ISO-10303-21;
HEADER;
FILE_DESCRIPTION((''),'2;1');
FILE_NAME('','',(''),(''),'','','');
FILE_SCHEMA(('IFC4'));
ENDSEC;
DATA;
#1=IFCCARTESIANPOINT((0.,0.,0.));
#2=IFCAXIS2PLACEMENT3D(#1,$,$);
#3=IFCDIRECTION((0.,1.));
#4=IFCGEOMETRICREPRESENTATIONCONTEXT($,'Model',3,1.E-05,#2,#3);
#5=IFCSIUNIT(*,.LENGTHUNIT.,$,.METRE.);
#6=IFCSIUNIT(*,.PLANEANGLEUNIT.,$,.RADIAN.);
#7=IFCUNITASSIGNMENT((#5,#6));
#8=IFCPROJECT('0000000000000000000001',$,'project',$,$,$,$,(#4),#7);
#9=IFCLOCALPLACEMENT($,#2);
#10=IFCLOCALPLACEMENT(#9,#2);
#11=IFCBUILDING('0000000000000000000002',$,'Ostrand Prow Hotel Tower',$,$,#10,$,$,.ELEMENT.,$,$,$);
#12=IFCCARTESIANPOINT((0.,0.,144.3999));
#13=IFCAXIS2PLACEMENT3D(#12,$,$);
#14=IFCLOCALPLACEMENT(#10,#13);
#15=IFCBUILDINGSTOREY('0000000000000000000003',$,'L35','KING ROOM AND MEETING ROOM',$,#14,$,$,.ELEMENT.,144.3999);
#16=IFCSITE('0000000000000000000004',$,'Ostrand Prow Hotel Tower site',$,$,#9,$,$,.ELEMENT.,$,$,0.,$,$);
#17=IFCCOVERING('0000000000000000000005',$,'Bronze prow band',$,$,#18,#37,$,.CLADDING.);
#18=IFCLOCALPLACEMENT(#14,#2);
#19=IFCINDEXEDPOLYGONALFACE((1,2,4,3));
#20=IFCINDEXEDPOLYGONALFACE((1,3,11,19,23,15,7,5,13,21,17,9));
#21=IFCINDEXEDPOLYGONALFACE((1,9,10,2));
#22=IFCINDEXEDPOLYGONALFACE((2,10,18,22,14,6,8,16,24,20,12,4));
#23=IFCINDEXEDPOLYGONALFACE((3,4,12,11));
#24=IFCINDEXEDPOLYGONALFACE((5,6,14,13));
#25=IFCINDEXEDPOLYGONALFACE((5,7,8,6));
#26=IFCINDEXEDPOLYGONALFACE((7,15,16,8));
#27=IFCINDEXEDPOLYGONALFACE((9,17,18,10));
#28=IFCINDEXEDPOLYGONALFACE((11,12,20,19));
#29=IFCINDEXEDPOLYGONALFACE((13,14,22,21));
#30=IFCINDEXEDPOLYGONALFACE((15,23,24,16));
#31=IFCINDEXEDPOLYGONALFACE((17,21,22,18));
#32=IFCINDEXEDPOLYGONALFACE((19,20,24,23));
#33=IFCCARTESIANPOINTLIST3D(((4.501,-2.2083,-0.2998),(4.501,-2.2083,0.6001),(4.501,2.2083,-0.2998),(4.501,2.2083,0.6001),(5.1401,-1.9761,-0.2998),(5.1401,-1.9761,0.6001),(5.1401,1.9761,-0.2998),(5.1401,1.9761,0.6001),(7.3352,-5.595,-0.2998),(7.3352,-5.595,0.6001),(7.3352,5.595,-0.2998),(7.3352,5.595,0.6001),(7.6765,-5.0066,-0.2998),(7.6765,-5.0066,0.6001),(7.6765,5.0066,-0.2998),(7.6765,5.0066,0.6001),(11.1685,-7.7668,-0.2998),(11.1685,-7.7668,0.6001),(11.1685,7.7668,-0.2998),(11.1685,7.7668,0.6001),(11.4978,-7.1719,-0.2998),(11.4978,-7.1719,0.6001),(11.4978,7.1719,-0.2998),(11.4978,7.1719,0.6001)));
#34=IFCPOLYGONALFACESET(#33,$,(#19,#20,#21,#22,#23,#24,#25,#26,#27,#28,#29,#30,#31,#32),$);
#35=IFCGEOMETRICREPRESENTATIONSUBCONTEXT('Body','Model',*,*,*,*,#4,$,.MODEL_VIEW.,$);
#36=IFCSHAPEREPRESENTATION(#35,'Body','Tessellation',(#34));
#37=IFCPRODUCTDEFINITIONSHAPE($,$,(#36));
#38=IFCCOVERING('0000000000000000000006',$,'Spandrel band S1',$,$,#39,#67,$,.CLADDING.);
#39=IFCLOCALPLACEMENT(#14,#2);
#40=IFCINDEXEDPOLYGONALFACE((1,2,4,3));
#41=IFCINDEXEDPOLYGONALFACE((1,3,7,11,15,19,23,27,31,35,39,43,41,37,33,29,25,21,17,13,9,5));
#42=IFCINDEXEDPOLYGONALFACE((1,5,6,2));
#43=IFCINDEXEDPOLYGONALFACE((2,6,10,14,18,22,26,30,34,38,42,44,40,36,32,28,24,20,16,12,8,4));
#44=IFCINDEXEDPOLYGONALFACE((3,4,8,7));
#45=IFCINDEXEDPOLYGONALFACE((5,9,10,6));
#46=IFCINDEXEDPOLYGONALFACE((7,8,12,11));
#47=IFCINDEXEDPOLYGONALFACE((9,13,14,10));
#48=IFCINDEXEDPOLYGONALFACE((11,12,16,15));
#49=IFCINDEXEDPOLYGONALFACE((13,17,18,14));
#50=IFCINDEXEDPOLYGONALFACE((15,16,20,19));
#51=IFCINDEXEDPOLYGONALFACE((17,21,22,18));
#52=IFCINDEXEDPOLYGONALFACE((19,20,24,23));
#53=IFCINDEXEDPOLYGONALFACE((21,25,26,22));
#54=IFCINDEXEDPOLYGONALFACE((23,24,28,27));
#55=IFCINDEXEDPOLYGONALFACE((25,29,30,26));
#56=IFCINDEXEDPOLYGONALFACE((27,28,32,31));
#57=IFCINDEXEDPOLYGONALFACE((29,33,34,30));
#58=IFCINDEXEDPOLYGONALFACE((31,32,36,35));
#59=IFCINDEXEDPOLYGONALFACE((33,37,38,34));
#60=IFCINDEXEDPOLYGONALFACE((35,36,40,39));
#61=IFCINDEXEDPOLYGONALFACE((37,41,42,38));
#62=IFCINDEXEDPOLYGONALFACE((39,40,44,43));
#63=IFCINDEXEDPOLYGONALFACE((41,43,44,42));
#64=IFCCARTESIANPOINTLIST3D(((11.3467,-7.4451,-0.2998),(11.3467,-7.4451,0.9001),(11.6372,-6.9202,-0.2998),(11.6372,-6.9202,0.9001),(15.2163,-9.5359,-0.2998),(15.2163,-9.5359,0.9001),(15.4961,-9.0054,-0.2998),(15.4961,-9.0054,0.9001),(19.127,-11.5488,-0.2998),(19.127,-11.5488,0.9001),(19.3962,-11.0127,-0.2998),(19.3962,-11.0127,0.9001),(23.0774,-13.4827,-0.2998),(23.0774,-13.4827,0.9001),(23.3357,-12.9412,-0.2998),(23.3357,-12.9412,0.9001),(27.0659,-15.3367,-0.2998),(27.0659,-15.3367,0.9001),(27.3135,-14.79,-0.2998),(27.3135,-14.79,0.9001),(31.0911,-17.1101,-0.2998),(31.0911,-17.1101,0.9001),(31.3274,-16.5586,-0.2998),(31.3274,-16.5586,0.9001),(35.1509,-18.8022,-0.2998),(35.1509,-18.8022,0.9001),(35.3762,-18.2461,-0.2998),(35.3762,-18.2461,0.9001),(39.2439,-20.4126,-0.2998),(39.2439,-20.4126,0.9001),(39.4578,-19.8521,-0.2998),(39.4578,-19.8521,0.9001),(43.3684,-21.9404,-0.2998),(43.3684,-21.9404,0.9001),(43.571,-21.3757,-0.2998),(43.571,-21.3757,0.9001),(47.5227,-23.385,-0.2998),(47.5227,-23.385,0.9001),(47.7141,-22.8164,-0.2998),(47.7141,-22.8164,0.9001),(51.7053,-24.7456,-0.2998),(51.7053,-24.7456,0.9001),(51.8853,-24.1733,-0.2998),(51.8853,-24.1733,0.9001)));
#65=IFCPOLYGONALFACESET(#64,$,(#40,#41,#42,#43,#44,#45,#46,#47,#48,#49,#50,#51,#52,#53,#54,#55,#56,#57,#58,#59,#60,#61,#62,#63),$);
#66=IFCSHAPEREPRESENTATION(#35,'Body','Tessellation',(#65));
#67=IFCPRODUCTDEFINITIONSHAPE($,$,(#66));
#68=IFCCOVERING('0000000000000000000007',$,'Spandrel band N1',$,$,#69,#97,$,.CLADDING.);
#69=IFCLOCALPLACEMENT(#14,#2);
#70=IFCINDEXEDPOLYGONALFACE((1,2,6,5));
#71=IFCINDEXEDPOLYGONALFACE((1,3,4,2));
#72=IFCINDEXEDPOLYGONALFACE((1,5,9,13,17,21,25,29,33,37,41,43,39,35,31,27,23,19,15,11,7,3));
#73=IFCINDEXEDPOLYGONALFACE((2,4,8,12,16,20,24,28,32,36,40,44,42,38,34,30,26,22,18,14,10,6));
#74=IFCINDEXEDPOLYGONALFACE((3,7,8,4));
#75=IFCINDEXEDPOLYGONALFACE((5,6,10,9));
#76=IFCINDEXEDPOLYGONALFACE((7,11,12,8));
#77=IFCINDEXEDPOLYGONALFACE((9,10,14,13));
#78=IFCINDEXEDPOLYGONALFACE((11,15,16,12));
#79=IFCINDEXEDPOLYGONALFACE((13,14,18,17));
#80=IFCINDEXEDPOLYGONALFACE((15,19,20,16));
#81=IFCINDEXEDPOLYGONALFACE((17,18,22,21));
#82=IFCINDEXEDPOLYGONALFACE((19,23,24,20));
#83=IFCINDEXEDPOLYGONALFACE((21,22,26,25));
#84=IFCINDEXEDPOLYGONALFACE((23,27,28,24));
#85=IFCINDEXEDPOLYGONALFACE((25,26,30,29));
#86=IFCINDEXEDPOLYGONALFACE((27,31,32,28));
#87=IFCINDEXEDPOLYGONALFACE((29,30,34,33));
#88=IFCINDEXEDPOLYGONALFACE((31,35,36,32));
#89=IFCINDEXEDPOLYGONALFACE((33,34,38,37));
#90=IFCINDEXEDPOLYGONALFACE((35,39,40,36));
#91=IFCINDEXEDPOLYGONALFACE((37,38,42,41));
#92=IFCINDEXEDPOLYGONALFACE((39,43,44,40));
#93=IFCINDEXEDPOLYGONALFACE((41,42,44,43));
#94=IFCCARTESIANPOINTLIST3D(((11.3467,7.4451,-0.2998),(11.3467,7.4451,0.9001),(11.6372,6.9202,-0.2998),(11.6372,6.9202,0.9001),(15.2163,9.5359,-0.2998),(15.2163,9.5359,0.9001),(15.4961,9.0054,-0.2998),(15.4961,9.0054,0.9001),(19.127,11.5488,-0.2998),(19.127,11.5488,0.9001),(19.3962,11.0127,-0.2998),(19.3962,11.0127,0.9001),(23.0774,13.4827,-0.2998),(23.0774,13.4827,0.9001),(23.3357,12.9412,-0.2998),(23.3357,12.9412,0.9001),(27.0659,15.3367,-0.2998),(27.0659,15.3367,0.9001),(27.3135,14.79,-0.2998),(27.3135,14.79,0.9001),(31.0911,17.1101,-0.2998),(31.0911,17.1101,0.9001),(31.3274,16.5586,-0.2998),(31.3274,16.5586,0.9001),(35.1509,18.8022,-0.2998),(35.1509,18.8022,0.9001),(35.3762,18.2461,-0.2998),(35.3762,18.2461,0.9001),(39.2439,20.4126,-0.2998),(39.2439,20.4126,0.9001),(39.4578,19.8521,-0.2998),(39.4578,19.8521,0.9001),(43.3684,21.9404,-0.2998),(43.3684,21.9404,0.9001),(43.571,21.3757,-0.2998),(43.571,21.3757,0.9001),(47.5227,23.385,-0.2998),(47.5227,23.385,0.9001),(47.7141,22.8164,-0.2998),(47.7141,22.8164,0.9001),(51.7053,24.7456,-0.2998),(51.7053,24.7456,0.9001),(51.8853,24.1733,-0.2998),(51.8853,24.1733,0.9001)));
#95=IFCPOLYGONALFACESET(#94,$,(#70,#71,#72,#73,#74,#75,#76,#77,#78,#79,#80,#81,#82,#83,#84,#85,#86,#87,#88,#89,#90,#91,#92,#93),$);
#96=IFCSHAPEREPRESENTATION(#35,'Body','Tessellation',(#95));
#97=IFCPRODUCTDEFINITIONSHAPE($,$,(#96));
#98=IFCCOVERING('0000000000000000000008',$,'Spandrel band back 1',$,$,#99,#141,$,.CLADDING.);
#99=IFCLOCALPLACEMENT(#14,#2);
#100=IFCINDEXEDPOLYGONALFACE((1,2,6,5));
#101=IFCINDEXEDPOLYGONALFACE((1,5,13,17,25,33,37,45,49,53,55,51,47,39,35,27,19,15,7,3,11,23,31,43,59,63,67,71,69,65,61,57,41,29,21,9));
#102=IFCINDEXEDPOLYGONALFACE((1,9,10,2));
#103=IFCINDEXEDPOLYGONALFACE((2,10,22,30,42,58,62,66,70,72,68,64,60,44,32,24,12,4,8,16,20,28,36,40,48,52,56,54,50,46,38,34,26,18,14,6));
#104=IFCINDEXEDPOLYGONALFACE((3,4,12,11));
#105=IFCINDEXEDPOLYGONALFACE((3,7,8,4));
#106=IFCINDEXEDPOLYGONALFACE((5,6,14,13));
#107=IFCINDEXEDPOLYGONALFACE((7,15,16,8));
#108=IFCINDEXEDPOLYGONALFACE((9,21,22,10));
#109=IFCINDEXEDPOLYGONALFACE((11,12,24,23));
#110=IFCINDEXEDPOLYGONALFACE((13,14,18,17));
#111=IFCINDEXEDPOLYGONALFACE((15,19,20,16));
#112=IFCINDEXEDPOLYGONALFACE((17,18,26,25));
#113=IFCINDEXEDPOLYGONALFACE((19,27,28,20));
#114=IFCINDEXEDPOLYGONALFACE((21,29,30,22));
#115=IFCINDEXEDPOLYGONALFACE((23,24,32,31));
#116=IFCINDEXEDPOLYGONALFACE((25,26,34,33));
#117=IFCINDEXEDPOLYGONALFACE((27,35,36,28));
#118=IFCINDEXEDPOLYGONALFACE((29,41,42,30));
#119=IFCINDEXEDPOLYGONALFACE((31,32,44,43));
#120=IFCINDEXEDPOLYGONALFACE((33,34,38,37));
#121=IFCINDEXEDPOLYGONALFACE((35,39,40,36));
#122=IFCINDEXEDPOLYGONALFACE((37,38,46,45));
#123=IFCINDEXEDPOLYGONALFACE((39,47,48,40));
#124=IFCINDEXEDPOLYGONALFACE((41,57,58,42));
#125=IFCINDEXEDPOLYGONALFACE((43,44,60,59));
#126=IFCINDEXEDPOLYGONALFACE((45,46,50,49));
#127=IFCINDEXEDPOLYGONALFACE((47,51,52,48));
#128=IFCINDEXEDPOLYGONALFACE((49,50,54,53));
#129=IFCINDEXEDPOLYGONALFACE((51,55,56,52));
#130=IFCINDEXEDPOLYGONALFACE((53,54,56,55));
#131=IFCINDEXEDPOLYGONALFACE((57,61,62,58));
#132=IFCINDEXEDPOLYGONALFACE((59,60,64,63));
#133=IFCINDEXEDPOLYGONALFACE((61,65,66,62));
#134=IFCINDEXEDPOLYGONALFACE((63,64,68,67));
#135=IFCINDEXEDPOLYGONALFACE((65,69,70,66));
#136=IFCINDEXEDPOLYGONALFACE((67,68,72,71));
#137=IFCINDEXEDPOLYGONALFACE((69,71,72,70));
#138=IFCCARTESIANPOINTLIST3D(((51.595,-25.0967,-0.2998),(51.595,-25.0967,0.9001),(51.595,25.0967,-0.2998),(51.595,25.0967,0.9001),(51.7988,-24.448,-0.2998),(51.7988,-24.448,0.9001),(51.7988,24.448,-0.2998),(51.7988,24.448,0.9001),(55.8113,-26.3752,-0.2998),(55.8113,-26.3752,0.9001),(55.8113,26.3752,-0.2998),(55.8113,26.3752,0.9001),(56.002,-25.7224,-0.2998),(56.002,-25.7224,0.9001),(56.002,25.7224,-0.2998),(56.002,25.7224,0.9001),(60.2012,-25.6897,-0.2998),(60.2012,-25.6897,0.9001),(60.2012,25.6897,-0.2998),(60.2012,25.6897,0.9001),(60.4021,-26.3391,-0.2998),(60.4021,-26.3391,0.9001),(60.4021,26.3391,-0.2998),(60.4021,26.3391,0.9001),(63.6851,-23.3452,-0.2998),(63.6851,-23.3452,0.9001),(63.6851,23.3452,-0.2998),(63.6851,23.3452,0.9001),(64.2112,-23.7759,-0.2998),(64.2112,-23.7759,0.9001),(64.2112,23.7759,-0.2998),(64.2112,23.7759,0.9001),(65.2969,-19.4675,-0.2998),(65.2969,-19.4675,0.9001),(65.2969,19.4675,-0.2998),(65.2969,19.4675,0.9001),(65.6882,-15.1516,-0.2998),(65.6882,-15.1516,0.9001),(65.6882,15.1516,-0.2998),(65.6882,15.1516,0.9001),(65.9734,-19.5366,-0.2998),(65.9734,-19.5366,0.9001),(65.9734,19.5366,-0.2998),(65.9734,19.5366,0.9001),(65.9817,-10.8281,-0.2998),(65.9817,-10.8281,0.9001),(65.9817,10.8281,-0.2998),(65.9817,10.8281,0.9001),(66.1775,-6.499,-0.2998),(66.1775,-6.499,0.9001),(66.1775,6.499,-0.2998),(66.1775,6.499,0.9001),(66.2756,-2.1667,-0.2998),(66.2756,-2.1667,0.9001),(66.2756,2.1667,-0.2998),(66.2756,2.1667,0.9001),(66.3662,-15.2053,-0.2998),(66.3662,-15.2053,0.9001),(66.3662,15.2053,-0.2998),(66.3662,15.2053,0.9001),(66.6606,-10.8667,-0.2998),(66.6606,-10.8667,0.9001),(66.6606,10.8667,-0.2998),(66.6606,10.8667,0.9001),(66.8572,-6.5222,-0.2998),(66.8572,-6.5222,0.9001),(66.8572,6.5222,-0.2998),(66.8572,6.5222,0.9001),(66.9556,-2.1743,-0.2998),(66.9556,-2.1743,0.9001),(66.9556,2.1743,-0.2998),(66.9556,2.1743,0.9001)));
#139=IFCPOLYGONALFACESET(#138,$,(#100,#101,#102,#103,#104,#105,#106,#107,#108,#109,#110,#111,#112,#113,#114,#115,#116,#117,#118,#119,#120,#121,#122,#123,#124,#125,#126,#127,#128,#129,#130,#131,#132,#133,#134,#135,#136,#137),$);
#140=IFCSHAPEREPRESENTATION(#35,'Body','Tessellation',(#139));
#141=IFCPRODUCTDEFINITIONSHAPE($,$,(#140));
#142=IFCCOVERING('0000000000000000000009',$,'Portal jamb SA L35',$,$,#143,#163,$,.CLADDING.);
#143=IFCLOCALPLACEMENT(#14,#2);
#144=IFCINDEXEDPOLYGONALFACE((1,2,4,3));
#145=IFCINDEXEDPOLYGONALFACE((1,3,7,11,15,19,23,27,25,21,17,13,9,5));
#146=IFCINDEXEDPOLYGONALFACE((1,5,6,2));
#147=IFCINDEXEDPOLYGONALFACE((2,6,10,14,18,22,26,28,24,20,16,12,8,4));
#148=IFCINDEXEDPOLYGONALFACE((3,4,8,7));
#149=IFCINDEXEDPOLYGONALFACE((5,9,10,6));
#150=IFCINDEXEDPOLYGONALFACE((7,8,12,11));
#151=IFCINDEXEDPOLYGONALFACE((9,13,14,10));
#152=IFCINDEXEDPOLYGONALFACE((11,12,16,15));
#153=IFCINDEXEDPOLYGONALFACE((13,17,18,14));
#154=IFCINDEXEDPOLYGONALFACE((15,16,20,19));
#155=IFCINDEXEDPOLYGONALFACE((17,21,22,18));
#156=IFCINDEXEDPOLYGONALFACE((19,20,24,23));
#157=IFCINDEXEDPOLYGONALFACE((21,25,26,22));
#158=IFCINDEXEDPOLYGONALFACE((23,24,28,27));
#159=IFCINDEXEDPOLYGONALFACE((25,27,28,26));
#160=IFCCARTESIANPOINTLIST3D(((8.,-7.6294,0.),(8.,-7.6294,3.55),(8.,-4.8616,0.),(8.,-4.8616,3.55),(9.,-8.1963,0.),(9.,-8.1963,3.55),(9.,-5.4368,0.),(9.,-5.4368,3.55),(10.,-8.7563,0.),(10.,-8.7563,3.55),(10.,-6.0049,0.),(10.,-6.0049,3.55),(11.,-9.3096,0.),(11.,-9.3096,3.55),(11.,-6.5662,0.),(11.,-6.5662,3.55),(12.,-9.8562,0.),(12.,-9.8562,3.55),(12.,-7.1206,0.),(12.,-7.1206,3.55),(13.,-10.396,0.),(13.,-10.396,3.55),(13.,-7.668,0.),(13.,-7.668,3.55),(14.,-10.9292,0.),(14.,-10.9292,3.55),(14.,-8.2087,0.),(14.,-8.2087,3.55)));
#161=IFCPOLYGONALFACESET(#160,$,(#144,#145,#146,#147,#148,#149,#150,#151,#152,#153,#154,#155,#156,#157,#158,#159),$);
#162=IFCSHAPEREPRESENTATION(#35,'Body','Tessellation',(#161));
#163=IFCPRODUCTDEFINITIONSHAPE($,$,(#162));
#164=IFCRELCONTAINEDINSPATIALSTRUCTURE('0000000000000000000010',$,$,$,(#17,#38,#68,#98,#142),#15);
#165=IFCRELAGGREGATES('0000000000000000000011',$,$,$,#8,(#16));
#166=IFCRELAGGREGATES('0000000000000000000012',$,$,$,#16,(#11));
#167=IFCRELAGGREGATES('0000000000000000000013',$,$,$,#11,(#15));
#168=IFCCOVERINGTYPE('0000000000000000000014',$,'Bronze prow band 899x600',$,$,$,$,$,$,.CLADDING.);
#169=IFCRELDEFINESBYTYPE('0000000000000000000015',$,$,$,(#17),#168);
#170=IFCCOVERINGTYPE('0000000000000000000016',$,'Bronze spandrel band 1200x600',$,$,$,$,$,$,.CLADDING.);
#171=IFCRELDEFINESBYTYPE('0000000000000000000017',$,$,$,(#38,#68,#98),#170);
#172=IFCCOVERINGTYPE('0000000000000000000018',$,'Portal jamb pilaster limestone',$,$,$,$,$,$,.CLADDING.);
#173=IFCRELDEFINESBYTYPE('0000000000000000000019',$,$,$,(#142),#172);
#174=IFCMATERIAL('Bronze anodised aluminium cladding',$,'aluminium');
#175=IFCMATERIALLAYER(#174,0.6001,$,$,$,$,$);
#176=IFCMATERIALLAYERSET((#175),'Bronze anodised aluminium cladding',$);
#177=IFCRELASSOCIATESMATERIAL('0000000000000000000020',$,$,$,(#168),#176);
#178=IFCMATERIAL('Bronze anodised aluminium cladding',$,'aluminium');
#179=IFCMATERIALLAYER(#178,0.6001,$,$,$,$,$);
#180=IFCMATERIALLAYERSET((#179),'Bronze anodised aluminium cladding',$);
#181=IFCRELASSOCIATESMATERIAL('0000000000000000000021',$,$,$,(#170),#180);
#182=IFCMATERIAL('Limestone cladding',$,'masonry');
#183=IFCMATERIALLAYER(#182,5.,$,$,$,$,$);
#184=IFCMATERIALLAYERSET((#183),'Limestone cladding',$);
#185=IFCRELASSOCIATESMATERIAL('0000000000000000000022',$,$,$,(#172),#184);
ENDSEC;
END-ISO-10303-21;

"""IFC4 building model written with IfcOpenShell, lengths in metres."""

from ifc_helpers import new_model, si_unit, direction, frame, origin, place, context, subcontext, project, spatial, polyline, outline, extrude, material, layer, layer_set, type_object, element, save


model = new_model("IFC4")

# Units and contexts
model_context = context("Model", 3, precision=1e-05, world=origin(), true_north=direction((0.0, 1.0)))
body_context = subcontext(model_context, "Body", "Model", "MODEL_VIEW")
ifc_project = project(units=[si_unit("LENGTHUNIT", "METRE"), si_unit("PLANEANGLEUNIT", "RADIAN")], contexts=[model_context])

# Site, building, storey
site_placement = place(None, origin())
site = spatial("IfcSite", under=ifc_project, at=site_placement, Name="Ostrand Prow Hotel Tower site", CompositionType="ELEMENT", RefElevation=0.0)
building_placement = place(site_placement, origin())
building = spatial("IfcBuilding", under=site, at=building_placement, Name="Ostrand Prow Hotel Tower", CompositionType="ELEMENT")
storey_placement = place(building_placement, frame((0.0, 0.0, 144.3999)))
storey = spatial("IfcBuildingStorey", under=building, at=storey_placement, Name="L35", Description="KING ROOM AND MEETING ROOM", CompositionType="ELEMENT", Elevation=144.3999)

# Coverings
ifc_material_1 = material(Name="Bronze anodised aluminium cladding", Category="aluminium")
ifc_layer_1 = layer(ifc_material_1, 0.6001)
ifc_layer_set_1 = layer_set([ifc_layer_1], Name="Bronze anodised aluminium cladding")
covering_type_1 = type_object("IfcCoveringType", Name="Bronze prow band 899x600", PredefinedType="CLADDING", material=ifc_layer_set_1)
covering_1_placement = place(storey_placement, frame((0.0, 0.0, -0.2998)))
element("IfcCovering", 1, at=covering_1_placement, inside=storey, type_object=covering_type_1, Name="Bronze prow band", PredefinedType="CLADDING", context=body_context, shape_type="SweptSolid", body=[
    extrude(outline(polyline([(11.1685, 7.7668), (7.3352, 5.595), (4.501, 2.2083), (4.501, -2.2083), (7.3352, -5.595), (11.1685, -7.7668), (11.4978, -7.1719), (7.6765, -5.0066), (5.1401, -1.9761), (5.1401, 1.9761), (7.6765, 5.0066), (11.4978, 7.1719), (11.1685, 7.7668)])), origin(), (0.0, 0.0, 1.0), 0.8999),
])
ifc_material_2 = material(Name="Bronze anodised aluminium cladding", Category="aluminium")
ifc_layer_2 = layer(ifc_material_2, 0.6001)
ifc_layer_set_2 = layer_set([ifc_layer_2], Name="Bronze anodised aluminium cladding")
covering_type_2 = type_object("IfcCoveringType", Name="Bronze spandrel band 1200x600", PredefinedType="CLADDING", material=ifc_layer_set_2)
covering_2_placement = place(storey_placement, frame((0.0, 0.0, -0.2998)))
element("IfcCovering", 2, at=covering_2_placement, inside=storey, type_object=covering_type_2, Name="Spandrel band S1", PredefinedType="CLADDING", context=body_context, shape_type="SweptSolid", body=[
    extrude(outline(polyline([(11.3467, -7.4451), (15.2163, -9.5359), (19.127, -11.5488), (23.0774, -13.4827), (27.0659, -15.3367), (31.0911, -17.1101), (35.1509, -18.8022), (39.2439, -20.4126), (43.3684, -21.9404), (47.5227, -23.385), (51.7053, -24.7456), (51.8853, -24.1733), (47.7141, -22.8164), (43.571, -21.3757), (39.4578, -19.8521), (35.3762, -18.2461), (31.3274, -16.5586), (27.3135, -14.79), (23.3357, -12.9412), (19.3962, -11.0127), (15.4961, -9.0054), (11.6372, -6.9202), (11.3467, -7.4451)])), origin(), (0.0, 0.0, 1.0), 1.2),
])
covering_3_placement = place(storey_placement, frame((0.0, 0.0, -0.2998)))
element("IfcCovering", 3, at=covering_3_placement, inside=storey, type_object=covering_type_2, Name="Spandrel band N1", PredefinedType="CLADDING", context=body_context, shape_type="SweptSolid", body=[
    extrude(outline(polyline([(51.7053, 24.7456), (47.5227, 23.385), (43.3684, 21.9404), (39.2439, 20.4126), (35.1509, 18.8022), (31.0911, 17.1101), (27.0659, 15.3367), (23.0774, 13.4827), (19.127, 11.5488), (15.2163, 9.5359), (11.3467, 7.4451), (11.6372, 6.9202), (15.4961, 9.0054), (19.3962, 11.0127), (23.3357, 12.9412), (27.3135, 14.79), (31.3274, 16.5586), (35.3762, 18.2461), (39.4578, 19.8521), (43.571, 21.3757), (47.7141, 22.8164), (51.8853, 24.1733), (51.7053, 24.7456)])), origin(), (0.0, 0.0, 1.0), 1.2),
])
covering_4_placement = place(storey_placement, frame((0.0, 0.0, -0.2998)))
element("IfcCovering", 4, at=covering_4_placement, inside=storey, type_object=covering_type_2, Name="Spandrel band back 1", PredefinedType="CLADDING", context=body_context, shape_type="SweptSolid", body=[
    extrude(outline(polyline([(51.595, -25.0967), (55.8113, -26.3752), (60.4021, -26.3391), (64.2112, -23.7759), (65.9734, -19.5366), (66.3662, -15.2053), (66.6606, -10.8667), (66.8572, -6.5222), (66.9556, -2.1743), (66.9556, 2.1743), (66.8572, 6.5222), (66.6606, 10.8667), (66.3662, 15.2053), (65.9734, 19.5366), (64.2112, 23.7759), (60.4021, 26.3391), (55.8113, 26.3752), (51.595, 25.0967), (51.7988, 24.448), (56.002, 25.7224), (60.2012, 25.6897), (63.6851, 23.3452), (65.2969, 19.4675), (65.6882, 15.1516), (65.9817, 10.8281), (66.1775, 6.499), (66.2756, 2.1667), (66.2756, -2.1667), (66.1775, -6.499), (65.9817, -10.8281), (65.6882, -15.1516), (65.2969, -19.4675), (63.6851, -23.3452), (60.2012, -25.6897), (56.002, -25.7224), (51.7988, -24.448), (51.595, -25.0967)])), origin(), (0.0, 0.0, 1.0), 1.2),
])
ifc_material_3 = material(Name="Limestone cladding", Category="masonry")
ifc_layer_3 = layer(ifc_material_3, 5.0)
ifc_layer_set_3 = layer_set([ifc_layer_3], Name="Limestone cladding")
covering_type_3 = type_object("IfcCoveringType", Name="Portal jamb pilaster limestone", PredefinedType="CLADDING", material=ifc_layer_set_3)
covering_5_placement = place(storey_placement, origin())
element("IfcCovering", 5, at=covering_5_placement, inside=storey, type_object=covering_type_3, Name="Portal jamb SA L35", PredefinedType="CLADDING", context=body_context, shape_type="SweptSolid", body=[
    extrude(outline(polyline([(8.0, -4.8616), (8.0, -7.6294), (9.0, -8.1963), (10.0, -8.7563), (11.0, -9.3096), (12.0, -9.8562), (13.0, -10.396), (14.0, -10.9292), (14.0, -8.2087), (13.0, -7.668), (12.0, -7.1206), (11.0, -6.5662), (10.0, -6.0049), (9.0, -5.4368), (8.0, -4.8616)])), origin(), (0.0, 0.0, 1.0), 3.55),
])

save(model, "model.ifc")
